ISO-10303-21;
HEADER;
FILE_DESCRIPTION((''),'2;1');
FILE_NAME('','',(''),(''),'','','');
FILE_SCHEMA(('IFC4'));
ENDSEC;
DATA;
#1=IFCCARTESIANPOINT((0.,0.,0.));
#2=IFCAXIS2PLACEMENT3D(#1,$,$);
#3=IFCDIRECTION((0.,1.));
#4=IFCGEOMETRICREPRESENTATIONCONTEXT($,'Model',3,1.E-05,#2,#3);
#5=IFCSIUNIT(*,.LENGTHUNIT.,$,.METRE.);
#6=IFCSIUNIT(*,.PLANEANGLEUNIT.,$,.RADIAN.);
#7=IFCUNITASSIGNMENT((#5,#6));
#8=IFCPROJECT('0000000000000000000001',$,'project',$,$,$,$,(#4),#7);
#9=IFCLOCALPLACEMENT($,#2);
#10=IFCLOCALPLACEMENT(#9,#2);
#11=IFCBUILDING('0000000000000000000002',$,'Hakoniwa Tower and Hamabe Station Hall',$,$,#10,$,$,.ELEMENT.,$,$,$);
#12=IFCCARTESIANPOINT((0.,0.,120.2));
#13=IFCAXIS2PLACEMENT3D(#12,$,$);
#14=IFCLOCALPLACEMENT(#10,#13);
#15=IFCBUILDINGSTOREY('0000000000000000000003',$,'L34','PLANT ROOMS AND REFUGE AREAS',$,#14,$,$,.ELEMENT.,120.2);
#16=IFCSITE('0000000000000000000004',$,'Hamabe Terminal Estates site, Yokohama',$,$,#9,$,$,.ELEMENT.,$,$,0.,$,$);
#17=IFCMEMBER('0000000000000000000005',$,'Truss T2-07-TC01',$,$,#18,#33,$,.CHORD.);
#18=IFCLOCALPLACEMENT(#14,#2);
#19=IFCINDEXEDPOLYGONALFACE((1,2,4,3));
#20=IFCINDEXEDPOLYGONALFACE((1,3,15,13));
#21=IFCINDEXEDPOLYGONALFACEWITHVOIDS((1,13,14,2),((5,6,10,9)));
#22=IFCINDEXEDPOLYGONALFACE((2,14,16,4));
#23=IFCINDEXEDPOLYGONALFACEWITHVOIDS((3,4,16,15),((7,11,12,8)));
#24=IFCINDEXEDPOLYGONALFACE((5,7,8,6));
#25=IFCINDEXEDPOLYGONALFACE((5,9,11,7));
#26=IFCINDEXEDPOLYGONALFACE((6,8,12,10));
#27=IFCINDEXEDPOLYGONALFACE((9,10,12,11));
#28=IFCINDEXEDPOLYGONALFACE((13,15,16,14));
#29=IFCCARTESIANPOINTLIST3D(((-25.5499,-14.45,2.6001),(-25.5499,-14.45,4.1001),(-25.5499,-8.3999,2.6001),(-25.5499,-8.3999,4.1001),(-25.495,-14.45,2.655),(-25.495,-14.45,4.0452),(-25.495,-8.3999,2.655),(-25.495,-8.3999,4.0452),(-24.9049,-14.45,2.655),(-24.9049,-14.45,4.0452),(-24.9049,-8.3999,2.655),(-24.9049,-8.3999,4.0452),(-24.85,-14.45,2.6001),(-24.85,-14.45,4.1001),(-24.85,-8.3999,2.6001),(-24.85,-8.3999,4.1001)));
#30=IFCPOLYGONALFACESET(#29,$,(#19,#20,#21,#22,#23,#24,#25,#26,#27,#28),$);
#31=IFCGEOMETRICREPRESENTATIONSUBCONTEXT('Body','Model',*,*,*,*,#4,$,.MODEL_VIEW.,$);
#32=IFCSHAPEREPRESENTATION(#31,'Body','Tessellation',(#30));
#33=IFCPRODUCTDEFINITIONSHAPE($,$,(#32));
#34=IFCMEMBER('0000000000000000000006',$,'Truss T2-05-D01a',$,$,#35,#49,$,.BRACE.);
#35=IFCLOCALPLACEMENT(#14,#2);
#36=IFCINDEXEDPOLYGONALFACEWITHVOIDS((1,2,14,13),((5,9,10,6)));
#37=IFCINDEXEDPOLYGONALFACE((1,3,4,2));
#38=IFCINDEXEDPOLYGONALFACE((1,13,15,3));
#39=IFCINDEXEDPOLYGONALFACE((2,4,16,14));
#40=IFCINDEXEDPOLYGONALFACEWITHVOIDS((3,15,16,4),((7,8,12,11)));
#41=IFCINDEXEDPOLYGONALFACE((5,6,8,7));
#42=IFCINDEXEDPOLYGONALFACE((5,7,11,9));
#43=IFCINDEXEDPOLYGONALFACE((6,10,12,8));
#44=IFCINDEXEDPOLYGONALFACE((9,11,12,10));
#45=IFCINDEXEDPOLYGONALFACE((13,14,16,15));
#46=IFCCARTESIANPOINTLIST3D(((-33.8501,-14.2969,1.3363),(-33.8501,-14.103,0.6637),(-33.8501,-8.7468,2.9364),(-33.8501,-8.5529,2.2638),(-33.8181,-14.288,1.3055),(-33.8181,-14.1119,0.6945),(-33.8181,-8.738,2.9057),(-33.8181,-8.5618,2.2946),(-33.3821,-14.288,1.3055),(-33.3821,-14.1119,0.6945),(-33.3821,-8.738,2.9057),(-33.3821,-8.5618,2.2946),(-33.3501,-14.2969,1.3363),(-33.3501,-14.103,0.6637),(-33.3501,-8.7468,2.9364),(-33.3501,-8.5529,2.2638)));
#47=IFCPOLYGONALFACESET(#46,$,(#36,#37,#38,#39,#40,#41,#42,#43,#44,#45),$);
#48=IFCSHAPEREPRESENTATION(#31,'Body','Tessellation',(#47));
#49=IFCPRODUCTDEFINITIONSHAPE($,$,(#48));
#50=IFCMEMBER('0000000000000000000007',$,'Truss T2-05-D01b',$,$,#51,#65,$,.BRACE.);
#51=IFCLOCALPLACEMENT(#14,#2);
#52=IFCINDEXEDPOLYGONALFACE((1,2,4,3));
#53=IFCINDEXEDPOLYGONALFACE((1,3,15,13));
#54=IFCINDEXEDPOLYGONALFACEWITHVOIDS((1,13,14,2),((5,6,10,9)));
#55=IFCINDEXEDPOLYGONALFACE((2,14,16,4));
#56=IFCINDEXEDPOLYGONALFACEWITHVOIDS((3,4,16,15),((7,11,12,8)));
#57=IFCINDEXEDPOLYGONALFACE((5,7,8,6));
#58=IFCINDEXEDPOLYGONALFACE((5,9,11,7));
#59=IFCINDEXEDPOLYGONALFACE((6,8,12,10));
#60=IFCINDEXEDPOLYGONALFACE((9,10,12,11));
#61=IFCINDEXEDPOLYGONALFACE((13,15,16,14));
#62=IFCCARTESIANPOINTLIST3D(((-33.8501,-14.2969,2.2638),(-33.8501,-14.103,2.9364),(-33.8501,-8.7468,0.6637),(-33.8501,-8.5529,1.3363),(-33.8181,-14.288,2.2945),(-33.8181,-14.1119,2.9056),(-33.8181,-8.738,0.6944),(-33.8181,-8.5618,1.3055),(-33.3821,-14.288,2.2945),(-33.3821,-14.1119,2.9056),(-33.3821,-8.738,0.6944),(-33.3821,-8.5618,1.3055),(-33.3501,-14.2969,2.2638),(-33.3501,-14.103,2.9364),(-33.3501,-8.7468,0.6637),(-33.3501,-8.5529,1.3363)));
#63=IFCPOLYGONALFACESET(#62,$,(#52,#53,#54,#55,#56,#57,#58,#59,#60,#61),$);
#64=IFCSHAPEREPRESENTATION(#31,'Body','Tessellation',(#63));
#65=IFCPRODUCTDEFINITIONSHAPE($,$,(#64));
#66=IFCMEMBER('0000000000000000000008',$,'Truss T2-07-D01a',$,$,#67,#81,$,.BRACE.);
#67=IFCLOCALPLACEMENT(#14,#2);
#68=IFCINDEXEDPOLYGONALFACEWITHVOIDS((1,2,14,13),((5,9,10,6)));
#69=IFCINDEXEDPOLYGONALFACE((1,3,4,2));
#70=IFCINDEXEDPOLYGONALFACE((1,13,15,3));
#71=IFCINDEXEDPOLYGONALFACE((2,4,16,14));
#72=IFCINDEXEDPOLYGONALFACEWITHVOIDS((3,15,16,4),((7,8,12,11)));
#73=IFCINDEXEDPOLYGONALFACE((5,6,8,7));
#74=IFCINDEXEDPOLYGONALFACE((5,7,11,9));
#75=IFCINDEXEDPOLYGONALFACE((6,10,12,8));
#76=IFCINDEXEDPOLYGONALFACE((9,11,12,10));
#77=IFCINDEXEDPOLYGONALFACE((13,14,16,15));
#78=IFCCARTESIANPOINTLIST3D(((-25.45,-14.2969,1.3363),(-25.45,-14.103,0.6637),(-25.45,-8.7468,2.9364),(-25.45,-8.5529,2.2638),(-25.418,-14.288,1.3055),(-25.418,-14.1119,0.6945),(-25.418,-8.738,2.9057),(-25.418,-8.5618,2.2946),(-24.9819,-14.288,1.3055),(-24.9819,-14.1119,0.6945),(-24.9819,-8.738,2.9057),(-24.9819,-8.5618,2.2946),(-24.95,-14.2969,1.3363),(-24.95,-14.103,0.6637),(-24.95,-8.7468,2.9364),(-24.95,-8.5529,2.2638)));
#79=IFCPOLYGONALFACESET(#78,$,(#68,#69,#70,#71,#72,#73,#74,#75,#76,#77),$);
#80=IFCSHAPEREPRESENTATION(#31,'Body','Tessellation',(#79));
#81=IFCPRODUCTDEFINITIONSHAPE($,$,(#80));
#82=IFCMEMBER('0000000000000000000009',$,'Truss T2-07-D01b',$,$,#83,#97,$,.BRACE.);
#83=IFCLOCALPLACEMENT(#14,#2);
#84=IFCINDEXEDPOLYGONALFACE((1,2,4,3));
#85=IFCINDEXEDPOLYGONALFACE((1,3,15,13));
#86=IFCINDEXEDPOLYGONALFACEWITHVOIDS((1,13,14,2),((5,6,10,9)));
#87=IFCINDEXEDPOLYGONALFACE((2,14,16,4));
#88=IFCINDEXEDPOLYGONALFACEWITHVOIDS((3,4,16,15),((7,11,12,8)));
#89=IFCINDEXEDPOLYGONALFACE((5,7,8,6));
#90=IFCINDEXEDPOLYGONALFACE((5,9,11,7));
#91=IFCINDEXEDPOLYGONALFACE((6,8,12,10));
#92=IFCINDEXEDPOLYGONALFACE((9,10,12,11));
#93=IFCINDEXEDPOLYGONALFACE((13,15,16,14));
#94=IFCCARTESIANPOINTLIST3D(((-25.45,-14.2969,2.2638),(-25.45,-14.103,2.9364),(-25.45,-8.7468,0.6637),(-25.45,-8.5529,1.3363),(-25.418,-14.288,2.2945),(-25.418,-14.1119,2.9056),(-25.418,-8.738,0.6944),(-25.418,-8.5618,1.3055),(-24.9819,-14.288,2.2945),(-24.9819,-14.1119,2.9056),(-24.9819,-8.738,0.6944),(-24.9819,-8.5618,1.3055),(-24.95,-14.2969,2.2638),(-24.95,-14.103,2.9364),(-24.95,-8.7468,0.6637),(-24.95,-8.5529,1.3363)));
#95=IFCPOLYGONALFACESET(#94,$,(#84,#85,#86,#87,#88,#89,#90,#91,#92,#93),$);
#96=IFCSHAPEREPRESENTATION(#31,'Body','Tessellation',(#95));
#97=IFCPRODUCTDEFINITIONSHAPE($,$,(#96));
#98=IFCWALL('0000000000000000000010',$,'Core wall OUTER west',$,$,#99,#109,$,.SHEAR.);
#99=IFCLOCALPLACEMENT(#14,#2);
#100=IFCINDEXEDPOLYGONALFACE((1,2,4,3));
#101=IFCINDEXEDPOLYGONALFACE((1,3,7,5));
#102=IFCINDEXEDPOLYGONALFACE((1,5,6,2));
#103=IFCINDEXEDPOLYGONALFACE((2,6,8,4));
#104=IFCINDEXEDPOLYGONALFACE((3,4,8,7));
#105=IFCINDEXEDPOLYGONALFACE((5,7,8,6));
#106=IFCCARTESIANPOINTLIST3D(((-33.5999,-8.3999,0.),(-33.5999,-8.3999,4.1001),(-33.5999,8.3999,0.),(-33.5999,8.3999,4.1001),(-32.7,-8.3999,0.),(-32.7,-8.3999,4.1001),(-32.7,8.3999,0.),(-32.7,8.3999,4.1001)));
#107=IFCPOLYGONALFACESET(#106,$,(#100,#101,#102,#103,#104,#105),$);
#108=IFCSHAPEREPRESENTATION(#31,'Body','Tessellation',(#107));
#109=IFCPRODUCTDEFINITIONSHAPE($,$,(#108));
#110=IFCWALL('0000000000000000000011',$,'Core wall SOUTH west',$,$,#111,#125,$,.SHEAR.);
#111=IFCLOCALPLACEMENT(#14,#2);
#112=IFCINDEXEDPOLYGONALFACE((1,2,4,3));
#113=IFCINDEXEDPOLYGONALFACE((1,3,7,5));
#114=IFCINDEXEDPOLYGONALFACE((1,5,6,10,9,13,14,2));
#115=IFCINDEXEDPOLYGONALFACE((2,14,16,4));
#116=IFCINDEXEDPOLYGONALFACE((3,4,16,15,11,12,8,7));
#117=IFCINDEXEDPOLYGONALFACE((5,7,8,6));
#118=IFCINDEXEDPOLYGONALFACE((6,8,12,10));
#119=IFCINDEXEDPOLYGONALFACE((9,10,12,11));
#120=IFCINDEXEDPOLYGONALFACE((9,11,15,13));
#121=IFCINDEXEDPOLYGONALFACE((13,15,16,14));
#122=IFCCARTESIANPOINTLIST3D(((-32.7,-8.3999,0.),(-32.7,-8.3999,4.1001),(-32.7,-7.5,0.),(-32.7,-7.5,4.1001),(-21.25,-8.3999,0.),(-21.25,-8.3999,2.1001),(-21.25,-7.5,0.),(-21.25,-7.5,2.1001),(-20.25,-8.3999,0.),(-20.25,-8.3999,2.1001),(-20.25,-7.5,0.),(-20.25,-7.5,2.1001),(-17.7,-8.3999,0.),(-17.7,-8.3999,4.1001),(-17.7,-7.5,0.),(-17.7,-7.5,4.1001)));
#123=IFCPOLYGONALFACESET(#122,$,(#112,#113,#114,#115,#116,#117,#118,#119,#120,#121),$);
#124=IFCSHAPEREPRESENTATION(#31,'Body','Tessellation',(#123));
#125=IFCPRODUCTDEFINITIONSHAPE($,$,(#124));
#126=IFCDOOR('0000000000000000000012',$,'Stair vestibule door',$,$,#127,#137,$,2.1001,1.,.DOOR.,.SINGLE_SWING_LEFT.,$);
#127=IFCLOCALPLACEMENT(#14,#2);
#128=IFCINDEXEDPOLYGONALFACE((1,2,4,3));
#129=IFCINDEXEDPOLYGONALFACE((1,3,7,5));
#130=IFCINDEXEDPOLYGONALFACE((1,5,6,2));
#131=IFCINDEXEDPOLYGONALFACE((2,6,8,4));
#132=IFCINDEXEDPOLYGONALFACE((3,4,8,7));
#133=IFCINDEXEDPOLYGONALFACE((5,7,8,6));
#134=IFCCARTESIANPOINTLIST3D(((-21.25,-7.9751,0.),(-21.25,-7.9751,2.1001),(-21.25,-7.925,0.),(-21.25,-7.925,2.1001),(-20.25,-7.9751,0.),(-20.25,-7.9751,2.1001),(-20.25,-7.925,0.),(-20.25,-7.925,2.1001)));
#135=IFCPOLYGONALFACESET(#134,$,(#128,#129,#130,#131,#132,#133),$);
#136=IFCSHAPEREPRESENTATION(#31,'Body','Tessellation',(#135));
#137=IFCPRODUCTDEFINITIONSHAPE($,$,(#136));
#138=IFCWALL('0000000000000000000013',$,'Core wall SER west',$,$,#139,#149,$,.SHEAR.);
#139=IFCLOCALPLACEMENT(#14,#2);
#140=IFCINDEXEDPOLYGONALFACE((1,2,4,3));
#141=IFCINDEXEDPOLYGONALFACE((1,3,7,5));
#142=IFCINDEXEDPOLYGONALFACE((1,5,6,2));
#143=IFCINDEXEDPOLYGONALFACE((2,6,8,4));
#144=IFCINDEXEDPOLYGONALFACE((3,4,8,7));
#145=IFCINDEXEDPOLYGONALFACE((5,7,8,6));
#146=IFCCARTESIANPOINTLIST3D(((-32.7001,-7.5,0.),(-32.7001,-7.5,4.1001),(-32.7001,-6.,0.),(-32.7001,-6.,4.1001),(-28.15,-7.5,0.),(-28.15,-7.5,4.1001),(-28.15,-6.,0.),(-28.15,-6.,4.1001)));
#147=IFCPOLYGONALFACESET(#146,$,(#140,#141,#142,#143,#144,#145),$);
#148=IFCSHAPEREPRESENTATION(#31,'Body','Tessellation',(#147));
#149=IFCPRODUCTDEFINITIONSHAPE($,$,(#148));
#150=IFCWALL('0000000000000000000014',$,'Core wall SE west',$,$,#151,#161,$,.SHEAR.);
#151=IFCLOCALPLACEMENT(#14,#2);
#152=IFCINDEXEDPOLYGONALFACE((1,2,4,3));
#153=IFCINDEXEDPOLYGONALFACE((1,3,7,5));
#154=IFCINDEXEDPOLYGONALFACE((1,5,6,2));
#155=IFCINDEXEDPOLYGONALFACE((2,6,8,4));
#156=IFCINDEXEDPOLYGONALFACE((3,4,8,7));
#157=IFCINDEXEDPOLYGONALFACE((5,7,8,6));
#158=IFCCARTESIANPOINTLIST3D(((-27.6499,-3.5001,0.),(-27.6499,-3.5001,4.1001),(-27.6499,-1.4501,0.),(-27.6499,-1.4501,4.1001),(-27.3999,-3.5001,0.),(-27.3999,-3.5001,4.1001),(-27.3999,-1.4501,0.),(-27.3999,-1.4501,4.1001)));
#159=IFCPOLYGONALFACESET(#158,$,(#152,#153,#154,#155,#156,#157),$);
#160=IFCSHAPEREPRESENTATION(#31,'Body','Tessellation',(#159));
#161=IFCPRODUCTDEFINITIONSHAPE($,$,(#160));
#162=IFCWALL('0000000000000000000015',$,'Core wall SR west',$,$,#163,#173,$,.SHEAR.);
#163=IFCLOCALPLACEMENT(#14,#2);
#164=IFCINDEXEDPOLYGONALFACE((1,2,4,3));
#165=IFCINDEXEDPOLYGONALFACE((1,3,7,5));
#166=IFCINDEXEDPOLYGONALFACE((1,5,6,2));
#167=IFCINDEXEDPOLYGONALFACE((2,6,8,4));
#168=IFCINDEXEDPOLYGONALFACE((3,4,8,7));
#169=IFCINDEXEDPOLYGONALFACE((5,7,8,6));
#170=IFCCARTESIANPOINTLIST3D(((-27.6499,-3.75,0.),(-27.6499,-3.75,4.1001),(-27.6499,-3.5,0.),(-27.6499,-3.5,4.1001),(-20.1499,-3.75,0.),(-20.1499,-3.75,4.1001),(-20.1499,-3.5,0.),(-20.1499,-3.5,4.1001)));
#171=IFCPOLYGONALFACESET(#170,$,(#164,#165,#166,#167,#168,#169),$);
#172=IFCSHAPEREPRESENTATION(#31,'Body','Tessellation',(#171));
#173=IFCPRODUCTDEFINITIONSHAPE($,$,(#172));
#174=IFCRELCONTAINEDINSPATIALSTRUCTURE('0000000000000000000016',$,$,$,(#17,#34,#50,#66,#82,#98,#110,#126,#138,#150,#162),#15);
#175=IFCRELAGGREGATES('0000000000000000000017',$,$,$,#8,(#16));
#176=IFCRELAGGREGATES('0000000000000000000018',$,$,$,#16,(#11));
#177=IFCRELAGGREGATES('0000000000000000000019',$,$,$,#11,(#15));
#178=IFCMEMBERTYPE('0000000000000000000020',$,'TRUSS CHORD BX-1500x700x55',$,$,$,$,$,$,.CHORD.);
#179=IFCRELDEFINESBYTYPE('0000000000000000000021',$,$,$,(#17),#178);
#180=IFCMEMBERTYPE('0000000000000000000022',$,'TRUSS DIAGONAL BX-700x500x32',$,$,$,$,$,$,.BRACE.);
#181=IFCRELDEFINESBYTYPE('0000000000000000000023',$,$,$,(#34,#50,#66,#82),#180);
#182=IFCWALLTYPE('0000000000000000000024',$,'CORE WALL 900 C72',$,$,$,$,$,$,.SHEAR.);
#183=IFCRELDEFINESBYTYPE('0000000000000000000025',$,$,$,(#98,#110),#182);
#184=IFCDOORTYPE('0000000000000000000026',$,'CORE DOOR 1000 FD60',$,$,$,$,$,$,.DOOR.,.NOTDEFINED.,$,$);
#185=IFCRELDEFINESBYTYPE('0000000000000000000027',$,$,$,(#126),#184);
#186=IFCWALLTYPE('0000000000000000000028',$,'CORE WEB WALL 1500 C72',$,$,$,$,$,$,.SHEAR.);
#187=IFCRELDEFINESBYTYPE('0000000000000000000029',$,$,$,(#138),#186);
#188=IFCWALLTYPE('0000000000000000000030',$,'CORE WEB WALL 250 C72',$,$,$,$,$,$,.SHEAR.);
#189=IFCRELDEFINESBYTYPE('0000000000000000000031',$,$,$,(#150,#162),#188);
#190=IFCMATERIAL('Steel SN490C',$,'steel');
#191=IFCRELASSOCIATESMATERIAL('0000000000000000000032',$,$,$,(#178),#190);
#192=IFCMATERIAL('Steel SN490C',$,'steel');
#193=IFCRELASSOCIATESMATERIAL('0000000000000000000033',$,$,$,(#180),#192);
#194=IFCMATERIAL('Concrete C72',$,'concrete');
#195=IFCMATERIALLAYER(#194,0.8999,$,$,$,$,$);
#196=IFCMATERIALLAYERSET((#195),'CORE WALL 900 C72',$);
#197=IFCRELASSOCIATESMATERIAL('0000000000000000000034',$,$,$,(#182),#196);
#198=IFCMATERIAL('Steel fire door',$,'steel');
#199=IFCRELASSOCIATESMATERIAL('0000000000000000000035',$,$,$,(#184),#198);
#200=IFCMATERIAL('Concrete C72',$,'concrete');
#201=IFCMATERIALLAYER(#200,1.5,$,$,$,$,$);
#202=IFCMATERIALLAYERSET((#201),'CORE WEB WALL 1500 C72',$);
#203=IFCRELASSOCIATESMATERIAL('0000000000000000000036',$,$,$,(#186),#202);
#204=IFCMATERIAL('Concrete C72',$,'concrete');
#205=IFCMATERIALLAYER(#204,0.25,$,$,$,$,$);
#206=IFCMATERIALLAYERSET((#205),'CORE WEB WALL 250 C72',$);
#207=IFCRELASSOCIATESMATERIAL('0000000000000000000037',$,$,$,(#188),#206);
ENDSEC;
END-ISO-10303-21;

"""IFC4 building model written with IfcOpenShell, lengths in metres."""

from ifc_helpers import new_model, si_unit, direction, frame, frame_2d, origin, origin_2d, place, context, subcontext, project, spatial, rectangle, hollow_rectangle, extrude, material, layer, layer_set, material_profile, profile_set, type_object, element, fill, save


model = new_model("IFC4")

# Units and contexts
model_context = context("Model", 3, precision=1e-05, world=origin(), true_north=direction((0.0, 1.0)))
body_context = subcontext(model_context, "Body", "Model", "MODEL_VIEW")
ifc_project = project(units=[si_unit("LENGTHUNIT", "METRE"), si_unit("PLANEANGLEUNIT", "RADIAN")], contexts=[model_context])

# Site, building, storey
site_placement = place(None, origin())
site = spatial("IfcSite", under=ifc_project, at=site_placement, Name="Hamabe Terminal Estates site, Yokohama", CompositionType="ELEMENT", RefElevation=0.0)
building_placement = place(site_placement, origin())
building = spatial("IfcBuilding", under=site, at=building_placement, Name="Hakoniwa Tower and Hamabe Station Hall", CompositionType="ELEMENT")
storey_placement = place(building_placement, frame((0.0, 0.0, 120.2)))
storey = spatial("IfcBuildingStorey", under=building, at=storey_placement, Name="L34", Description="PLANT ROOMS AND REFUGE AREAS", CompositionType="ELEMENT", Elevation=120.2)

# Members
ifc_material_1 = material(Name="Steel SN490C", Category="steel")
ifc_material_profile_1 = material_profile(ifc_material_1, hollow_rectangle(XDim=0.7, YDim=1.5, WallThickness=0.0549, at=origin_2d()), Name="BX-1500x700x55")
ifc_profile_set_1 = profile_set([ifc_material_profile_1], Name="Steel SN490C")
member_type_1 = type_object("IfcMemberType", Name="TRUSS CHORD BX-1500x700x55", PredefinedType="CHORD", material=ifc_profile_set_1)
member_placement = place(storey_placement, frame((-25.2, -14.45, 3.3501), z_axis=(0.0, 1.0, 0.0), x_axis=(-1.0, 0.0, 0.0)))
element("IfcMember", 1, at=member_placement, inside=storey, type_object=member_type_1, Name="Truss T2-07-TC01", PredefinedType="CHORD", context=body_context, shape_type="SweptSolid", body=[
    extrude(hollow_rectangle(XDim=0.7, YDim=1.5, WallThickness=0.0549, at=origin_2d()), origin(), (0.0, 0.0, 1.0), 6.05),
])
ifc_material_2 = material(Name="Steel SN490C", Category="steel")
ifc_material_profile_2 = material_profile(ifc_material_2, hollow_rectangle(XDim=0.5, YDim=0.7, WallThickness=0.032, at=origin_2d()), Name="BX-700x500x32")
ifc_profile_set_2 = profile_set([ifc_material_profile_2], Name="Steel SN490C")
member_type_2 = type_object("IfcMemberType", Name="TRUSS DIAGONAL BX-700x500x32", PredefinedType="BRACE", material=ifc_profile_set_2)
for number, where, z_axis, x_axis, name in (
    (2, (-33.6001, -14.2, 1.0), (0.0, 0.960864, 0.27702), (-1.0, 0.0, 0.0), "Truss T2-05-D01a"),
    (3, (-33.6001, -14.2, 2.6001), (0.0, 0.960864, -0.27702), (-1.0, 0.0, 0.0), "Truss T2-05-D01b"),
    (4, (-25.2, -14.2, 1.0), (0.0, 0.960864, 0.27702), (-1.0, 0.0, 0.0), "Truss T2-07-D01a"),
    (5, (-25.2, -14.2, 2.6001), (0.0, 0.960864, -0.27702), (-1.0, 0.0, 0.0), "Truss T2-07-D01b"),
):
    element("IfcMember", number, at=place(storey_placement, frame(where, z_axis=z_axis, x_axis=x_axis)), inside=storey, type_object=member_type_2, Name=name, PredefinedType="BRACE", context=body_context, shape_type="SweptSolid", body=[
        extrude(hollow_rectangle(XDim=0.5, YDim=0.7, WallThickness=0.032, at=origin_2d()), origin(), (0.0, 0.0, 1.0), 5.7761),
    ])

# Wall
ifc_material_3 = material(Name="Concrete C72", Category="concrete")
ifc_layer_1 = layer(ifc_material_3, 0.8999)
ifc_layer_set_1 = layer_set([ifc_layer_1], Name="CORE WALL 900 C72")
wall_type_1 = type_object("IfcWallType", Name="CORE WALL 900 C72", PredefinedType="SHEAR", material=ifc_layer_set_1)
wall_1_placement = place(storey_placement, frame((-33.1499, -8.3999, 0.0), z_axis=(0.0, 0.0, 1.0), x_axis=(0.0, 1.0, 0.0)))
element("IfcWall", 6, at=wall_1_placement, inside=storey, type_object=wall_type_1, Name="Core wall OUTER west", PredefinedType="SHEAR", context=body_context, shape_type="SweptSolid", body=[
    extrude(rectangle(XDim=16.7998, YDim=0.8999, at=frame_2d((8.3999, 0.0))), origin(), (0.0, 0.0, 1.0), 4.1001),
])

# Wall, opening, door
wall_2_placement = place(storey_placement, frame((-32.7, -7.95, 0.0), z_axis=(0.0, 0.0, 1.0), x_axis=(1.0, 0.0, 0.0)))
wall_2 = element("IfcWall", 7, at=wall_2_placement, inside=storey, type_object=wall_type_1, Name="Core wall SOUTH west", PredefinedType="SHEAR", context=body_context, shape_type="SweptSolid", body=[
    extrude(rectangle(XDim=15.0, YDim=0.8999, at=frame_2d((7.5, 0.0))), origin(), (0.0, 0.0, 1.0), 4.1001),
])
opening_1_placement = place(wall_2_placement, frame((11.45, 0.0, 0.0)))
opening_1 = element("IfcOpeningElement", 8, at=opening_1_placement, cuts=wall_2, PredefinedType="OPENING", context=body_context, shape_type="SweptSolid", body=[
    extrude(rectangle(XDim=1.0, YDim=2.1001, at=frame_2d((0.5, 1.05))), frame((0.0, 0.46, 0.0), z_axis=(0.0, -1.0, 0.0), x_axis=(1.0, 0.0, 0.0)), (0.0, 0.0, 1.0), 0.9199),
])
ifc_material_4 = material(Name="Steel fire door", Category="steel")
door_type_1 = type_object("IfcDoorType", Name="CORE DOOR 1000 FD60", OperationType="NOTDEFINED", PredefinedType="DOOR", material=ifc_material_4)
door_1_placement = place(opening_1_placement, origin())
door_1 = element("IfcDoor", 9, at=door_1_placement, inside=storey, type_object=door_type_1, Name="Stair vestibule door", OperationType="SINGLE_SWING_LEFT", OverallHeight=2.1001, OverallWidth=1.0, PredefinedType="DOOR", context=body_context, shape_type="SweptSolid", body=[
    extrude(rectangle(XDim=1.0, YDim=2.1001, at=frame_2d((0.5, 1.05))), frame((0.0, 0.0249, 0.0), z_axis=(0.0, -1.0, 0.0), x_axis=(1.0, 0.0, 0.0)), (0.0, 0.0, 1.0), 0.05),
])
fill(opening_1, door_1)

# Walls
ifc_material_5 = material(Name="Concrete C72", Category="concrete")
ifc_layer_2 = layer(ifc_material_5, 1.5)
ifc_layer_set_2 = layer_set([ifc_layer_2], Name="CORE WEB WALL 1500 C72")
wall_type_2 = type_object("IfcWallType", Name="CORE WEB WALL 1500 C72", PredefinedType="SHEAR", material=ifc_layer_set_2)
wall_3_placement = place(storey_placement, frame((-32.7, -6.75, 0.0), z_axis=(0.0, 0.0, 1.0), x_axis=(1.0, 0.0, 0.0)))
element("IfcWall", 10, at=wall_3_placement, inside=storey, type_object=wall_type_2, Name="Core wall SER west", PredefinedType="SHEAR", context=body_context, shape_type="SweptSolid", body=[
    extrude(rectangle(XDim=4.55, YDim=1.5, at=frame_2d((2.2749, 0.0))), origin(), (0.0, 0.0, 1.0), 4.1001),
])
ifc_material_6 = material(Name="Concrete C72", Category="concrete")
ifc_layer_3 = layer(ifc_material_6, 0.25)
ifc_layer_set_3 = layer_set([ifc_layer_3], Name="CORE WEB WALL 250 C72")
wall_type_3 = type_object("IfcWallType", Name="CORE WEB WALL 250 C72", PredefinedType="SHEAR", material=ifc_layer_set_3)
wall_4_placement = place(storey_placement, frame((-27.5249, -3.5, 0.0), z_axis=(0.0, 0.0, 1.0), x_axis=(0.0, 1.0, 0.0)))
element("IfcWall", 11, at=wall_4_placement, inside=storey, type_object=wall_type_3, Name="Core wall SE west", PredefinedType="SHEAR", context=body_context, shape_type="SweptSolid", body=[
    extrude(rectangle(XDim=2.05, YDim=0.25, at=frame_2d((1.0249, 0.0))), origin(), (0.0, 0.0, 1.0), 4.1001),
])
wall_5_placement = place(storey_placement, frame((-27.6499, -3.625, 0.0), z_axis=(0.0, 0.0, 1.0), x_axis=(1.0, 0.0, 0.0)))
element("IfcWall", 12, at=wall_5_placement, inside=storey, type_object=wall_type_3, Name="Core wall SR west", PredefinedType="SHEAR", context=body_context, shape_type="SweptSolid", body=[
    extrude(rectangle(XDim=7.5, YDim=0.25, at=frame_2d((3.75, 0.0))), origin(), (0.0, 0.0, 1.0), 4.1001),
])

save(model, "model.ifc")
